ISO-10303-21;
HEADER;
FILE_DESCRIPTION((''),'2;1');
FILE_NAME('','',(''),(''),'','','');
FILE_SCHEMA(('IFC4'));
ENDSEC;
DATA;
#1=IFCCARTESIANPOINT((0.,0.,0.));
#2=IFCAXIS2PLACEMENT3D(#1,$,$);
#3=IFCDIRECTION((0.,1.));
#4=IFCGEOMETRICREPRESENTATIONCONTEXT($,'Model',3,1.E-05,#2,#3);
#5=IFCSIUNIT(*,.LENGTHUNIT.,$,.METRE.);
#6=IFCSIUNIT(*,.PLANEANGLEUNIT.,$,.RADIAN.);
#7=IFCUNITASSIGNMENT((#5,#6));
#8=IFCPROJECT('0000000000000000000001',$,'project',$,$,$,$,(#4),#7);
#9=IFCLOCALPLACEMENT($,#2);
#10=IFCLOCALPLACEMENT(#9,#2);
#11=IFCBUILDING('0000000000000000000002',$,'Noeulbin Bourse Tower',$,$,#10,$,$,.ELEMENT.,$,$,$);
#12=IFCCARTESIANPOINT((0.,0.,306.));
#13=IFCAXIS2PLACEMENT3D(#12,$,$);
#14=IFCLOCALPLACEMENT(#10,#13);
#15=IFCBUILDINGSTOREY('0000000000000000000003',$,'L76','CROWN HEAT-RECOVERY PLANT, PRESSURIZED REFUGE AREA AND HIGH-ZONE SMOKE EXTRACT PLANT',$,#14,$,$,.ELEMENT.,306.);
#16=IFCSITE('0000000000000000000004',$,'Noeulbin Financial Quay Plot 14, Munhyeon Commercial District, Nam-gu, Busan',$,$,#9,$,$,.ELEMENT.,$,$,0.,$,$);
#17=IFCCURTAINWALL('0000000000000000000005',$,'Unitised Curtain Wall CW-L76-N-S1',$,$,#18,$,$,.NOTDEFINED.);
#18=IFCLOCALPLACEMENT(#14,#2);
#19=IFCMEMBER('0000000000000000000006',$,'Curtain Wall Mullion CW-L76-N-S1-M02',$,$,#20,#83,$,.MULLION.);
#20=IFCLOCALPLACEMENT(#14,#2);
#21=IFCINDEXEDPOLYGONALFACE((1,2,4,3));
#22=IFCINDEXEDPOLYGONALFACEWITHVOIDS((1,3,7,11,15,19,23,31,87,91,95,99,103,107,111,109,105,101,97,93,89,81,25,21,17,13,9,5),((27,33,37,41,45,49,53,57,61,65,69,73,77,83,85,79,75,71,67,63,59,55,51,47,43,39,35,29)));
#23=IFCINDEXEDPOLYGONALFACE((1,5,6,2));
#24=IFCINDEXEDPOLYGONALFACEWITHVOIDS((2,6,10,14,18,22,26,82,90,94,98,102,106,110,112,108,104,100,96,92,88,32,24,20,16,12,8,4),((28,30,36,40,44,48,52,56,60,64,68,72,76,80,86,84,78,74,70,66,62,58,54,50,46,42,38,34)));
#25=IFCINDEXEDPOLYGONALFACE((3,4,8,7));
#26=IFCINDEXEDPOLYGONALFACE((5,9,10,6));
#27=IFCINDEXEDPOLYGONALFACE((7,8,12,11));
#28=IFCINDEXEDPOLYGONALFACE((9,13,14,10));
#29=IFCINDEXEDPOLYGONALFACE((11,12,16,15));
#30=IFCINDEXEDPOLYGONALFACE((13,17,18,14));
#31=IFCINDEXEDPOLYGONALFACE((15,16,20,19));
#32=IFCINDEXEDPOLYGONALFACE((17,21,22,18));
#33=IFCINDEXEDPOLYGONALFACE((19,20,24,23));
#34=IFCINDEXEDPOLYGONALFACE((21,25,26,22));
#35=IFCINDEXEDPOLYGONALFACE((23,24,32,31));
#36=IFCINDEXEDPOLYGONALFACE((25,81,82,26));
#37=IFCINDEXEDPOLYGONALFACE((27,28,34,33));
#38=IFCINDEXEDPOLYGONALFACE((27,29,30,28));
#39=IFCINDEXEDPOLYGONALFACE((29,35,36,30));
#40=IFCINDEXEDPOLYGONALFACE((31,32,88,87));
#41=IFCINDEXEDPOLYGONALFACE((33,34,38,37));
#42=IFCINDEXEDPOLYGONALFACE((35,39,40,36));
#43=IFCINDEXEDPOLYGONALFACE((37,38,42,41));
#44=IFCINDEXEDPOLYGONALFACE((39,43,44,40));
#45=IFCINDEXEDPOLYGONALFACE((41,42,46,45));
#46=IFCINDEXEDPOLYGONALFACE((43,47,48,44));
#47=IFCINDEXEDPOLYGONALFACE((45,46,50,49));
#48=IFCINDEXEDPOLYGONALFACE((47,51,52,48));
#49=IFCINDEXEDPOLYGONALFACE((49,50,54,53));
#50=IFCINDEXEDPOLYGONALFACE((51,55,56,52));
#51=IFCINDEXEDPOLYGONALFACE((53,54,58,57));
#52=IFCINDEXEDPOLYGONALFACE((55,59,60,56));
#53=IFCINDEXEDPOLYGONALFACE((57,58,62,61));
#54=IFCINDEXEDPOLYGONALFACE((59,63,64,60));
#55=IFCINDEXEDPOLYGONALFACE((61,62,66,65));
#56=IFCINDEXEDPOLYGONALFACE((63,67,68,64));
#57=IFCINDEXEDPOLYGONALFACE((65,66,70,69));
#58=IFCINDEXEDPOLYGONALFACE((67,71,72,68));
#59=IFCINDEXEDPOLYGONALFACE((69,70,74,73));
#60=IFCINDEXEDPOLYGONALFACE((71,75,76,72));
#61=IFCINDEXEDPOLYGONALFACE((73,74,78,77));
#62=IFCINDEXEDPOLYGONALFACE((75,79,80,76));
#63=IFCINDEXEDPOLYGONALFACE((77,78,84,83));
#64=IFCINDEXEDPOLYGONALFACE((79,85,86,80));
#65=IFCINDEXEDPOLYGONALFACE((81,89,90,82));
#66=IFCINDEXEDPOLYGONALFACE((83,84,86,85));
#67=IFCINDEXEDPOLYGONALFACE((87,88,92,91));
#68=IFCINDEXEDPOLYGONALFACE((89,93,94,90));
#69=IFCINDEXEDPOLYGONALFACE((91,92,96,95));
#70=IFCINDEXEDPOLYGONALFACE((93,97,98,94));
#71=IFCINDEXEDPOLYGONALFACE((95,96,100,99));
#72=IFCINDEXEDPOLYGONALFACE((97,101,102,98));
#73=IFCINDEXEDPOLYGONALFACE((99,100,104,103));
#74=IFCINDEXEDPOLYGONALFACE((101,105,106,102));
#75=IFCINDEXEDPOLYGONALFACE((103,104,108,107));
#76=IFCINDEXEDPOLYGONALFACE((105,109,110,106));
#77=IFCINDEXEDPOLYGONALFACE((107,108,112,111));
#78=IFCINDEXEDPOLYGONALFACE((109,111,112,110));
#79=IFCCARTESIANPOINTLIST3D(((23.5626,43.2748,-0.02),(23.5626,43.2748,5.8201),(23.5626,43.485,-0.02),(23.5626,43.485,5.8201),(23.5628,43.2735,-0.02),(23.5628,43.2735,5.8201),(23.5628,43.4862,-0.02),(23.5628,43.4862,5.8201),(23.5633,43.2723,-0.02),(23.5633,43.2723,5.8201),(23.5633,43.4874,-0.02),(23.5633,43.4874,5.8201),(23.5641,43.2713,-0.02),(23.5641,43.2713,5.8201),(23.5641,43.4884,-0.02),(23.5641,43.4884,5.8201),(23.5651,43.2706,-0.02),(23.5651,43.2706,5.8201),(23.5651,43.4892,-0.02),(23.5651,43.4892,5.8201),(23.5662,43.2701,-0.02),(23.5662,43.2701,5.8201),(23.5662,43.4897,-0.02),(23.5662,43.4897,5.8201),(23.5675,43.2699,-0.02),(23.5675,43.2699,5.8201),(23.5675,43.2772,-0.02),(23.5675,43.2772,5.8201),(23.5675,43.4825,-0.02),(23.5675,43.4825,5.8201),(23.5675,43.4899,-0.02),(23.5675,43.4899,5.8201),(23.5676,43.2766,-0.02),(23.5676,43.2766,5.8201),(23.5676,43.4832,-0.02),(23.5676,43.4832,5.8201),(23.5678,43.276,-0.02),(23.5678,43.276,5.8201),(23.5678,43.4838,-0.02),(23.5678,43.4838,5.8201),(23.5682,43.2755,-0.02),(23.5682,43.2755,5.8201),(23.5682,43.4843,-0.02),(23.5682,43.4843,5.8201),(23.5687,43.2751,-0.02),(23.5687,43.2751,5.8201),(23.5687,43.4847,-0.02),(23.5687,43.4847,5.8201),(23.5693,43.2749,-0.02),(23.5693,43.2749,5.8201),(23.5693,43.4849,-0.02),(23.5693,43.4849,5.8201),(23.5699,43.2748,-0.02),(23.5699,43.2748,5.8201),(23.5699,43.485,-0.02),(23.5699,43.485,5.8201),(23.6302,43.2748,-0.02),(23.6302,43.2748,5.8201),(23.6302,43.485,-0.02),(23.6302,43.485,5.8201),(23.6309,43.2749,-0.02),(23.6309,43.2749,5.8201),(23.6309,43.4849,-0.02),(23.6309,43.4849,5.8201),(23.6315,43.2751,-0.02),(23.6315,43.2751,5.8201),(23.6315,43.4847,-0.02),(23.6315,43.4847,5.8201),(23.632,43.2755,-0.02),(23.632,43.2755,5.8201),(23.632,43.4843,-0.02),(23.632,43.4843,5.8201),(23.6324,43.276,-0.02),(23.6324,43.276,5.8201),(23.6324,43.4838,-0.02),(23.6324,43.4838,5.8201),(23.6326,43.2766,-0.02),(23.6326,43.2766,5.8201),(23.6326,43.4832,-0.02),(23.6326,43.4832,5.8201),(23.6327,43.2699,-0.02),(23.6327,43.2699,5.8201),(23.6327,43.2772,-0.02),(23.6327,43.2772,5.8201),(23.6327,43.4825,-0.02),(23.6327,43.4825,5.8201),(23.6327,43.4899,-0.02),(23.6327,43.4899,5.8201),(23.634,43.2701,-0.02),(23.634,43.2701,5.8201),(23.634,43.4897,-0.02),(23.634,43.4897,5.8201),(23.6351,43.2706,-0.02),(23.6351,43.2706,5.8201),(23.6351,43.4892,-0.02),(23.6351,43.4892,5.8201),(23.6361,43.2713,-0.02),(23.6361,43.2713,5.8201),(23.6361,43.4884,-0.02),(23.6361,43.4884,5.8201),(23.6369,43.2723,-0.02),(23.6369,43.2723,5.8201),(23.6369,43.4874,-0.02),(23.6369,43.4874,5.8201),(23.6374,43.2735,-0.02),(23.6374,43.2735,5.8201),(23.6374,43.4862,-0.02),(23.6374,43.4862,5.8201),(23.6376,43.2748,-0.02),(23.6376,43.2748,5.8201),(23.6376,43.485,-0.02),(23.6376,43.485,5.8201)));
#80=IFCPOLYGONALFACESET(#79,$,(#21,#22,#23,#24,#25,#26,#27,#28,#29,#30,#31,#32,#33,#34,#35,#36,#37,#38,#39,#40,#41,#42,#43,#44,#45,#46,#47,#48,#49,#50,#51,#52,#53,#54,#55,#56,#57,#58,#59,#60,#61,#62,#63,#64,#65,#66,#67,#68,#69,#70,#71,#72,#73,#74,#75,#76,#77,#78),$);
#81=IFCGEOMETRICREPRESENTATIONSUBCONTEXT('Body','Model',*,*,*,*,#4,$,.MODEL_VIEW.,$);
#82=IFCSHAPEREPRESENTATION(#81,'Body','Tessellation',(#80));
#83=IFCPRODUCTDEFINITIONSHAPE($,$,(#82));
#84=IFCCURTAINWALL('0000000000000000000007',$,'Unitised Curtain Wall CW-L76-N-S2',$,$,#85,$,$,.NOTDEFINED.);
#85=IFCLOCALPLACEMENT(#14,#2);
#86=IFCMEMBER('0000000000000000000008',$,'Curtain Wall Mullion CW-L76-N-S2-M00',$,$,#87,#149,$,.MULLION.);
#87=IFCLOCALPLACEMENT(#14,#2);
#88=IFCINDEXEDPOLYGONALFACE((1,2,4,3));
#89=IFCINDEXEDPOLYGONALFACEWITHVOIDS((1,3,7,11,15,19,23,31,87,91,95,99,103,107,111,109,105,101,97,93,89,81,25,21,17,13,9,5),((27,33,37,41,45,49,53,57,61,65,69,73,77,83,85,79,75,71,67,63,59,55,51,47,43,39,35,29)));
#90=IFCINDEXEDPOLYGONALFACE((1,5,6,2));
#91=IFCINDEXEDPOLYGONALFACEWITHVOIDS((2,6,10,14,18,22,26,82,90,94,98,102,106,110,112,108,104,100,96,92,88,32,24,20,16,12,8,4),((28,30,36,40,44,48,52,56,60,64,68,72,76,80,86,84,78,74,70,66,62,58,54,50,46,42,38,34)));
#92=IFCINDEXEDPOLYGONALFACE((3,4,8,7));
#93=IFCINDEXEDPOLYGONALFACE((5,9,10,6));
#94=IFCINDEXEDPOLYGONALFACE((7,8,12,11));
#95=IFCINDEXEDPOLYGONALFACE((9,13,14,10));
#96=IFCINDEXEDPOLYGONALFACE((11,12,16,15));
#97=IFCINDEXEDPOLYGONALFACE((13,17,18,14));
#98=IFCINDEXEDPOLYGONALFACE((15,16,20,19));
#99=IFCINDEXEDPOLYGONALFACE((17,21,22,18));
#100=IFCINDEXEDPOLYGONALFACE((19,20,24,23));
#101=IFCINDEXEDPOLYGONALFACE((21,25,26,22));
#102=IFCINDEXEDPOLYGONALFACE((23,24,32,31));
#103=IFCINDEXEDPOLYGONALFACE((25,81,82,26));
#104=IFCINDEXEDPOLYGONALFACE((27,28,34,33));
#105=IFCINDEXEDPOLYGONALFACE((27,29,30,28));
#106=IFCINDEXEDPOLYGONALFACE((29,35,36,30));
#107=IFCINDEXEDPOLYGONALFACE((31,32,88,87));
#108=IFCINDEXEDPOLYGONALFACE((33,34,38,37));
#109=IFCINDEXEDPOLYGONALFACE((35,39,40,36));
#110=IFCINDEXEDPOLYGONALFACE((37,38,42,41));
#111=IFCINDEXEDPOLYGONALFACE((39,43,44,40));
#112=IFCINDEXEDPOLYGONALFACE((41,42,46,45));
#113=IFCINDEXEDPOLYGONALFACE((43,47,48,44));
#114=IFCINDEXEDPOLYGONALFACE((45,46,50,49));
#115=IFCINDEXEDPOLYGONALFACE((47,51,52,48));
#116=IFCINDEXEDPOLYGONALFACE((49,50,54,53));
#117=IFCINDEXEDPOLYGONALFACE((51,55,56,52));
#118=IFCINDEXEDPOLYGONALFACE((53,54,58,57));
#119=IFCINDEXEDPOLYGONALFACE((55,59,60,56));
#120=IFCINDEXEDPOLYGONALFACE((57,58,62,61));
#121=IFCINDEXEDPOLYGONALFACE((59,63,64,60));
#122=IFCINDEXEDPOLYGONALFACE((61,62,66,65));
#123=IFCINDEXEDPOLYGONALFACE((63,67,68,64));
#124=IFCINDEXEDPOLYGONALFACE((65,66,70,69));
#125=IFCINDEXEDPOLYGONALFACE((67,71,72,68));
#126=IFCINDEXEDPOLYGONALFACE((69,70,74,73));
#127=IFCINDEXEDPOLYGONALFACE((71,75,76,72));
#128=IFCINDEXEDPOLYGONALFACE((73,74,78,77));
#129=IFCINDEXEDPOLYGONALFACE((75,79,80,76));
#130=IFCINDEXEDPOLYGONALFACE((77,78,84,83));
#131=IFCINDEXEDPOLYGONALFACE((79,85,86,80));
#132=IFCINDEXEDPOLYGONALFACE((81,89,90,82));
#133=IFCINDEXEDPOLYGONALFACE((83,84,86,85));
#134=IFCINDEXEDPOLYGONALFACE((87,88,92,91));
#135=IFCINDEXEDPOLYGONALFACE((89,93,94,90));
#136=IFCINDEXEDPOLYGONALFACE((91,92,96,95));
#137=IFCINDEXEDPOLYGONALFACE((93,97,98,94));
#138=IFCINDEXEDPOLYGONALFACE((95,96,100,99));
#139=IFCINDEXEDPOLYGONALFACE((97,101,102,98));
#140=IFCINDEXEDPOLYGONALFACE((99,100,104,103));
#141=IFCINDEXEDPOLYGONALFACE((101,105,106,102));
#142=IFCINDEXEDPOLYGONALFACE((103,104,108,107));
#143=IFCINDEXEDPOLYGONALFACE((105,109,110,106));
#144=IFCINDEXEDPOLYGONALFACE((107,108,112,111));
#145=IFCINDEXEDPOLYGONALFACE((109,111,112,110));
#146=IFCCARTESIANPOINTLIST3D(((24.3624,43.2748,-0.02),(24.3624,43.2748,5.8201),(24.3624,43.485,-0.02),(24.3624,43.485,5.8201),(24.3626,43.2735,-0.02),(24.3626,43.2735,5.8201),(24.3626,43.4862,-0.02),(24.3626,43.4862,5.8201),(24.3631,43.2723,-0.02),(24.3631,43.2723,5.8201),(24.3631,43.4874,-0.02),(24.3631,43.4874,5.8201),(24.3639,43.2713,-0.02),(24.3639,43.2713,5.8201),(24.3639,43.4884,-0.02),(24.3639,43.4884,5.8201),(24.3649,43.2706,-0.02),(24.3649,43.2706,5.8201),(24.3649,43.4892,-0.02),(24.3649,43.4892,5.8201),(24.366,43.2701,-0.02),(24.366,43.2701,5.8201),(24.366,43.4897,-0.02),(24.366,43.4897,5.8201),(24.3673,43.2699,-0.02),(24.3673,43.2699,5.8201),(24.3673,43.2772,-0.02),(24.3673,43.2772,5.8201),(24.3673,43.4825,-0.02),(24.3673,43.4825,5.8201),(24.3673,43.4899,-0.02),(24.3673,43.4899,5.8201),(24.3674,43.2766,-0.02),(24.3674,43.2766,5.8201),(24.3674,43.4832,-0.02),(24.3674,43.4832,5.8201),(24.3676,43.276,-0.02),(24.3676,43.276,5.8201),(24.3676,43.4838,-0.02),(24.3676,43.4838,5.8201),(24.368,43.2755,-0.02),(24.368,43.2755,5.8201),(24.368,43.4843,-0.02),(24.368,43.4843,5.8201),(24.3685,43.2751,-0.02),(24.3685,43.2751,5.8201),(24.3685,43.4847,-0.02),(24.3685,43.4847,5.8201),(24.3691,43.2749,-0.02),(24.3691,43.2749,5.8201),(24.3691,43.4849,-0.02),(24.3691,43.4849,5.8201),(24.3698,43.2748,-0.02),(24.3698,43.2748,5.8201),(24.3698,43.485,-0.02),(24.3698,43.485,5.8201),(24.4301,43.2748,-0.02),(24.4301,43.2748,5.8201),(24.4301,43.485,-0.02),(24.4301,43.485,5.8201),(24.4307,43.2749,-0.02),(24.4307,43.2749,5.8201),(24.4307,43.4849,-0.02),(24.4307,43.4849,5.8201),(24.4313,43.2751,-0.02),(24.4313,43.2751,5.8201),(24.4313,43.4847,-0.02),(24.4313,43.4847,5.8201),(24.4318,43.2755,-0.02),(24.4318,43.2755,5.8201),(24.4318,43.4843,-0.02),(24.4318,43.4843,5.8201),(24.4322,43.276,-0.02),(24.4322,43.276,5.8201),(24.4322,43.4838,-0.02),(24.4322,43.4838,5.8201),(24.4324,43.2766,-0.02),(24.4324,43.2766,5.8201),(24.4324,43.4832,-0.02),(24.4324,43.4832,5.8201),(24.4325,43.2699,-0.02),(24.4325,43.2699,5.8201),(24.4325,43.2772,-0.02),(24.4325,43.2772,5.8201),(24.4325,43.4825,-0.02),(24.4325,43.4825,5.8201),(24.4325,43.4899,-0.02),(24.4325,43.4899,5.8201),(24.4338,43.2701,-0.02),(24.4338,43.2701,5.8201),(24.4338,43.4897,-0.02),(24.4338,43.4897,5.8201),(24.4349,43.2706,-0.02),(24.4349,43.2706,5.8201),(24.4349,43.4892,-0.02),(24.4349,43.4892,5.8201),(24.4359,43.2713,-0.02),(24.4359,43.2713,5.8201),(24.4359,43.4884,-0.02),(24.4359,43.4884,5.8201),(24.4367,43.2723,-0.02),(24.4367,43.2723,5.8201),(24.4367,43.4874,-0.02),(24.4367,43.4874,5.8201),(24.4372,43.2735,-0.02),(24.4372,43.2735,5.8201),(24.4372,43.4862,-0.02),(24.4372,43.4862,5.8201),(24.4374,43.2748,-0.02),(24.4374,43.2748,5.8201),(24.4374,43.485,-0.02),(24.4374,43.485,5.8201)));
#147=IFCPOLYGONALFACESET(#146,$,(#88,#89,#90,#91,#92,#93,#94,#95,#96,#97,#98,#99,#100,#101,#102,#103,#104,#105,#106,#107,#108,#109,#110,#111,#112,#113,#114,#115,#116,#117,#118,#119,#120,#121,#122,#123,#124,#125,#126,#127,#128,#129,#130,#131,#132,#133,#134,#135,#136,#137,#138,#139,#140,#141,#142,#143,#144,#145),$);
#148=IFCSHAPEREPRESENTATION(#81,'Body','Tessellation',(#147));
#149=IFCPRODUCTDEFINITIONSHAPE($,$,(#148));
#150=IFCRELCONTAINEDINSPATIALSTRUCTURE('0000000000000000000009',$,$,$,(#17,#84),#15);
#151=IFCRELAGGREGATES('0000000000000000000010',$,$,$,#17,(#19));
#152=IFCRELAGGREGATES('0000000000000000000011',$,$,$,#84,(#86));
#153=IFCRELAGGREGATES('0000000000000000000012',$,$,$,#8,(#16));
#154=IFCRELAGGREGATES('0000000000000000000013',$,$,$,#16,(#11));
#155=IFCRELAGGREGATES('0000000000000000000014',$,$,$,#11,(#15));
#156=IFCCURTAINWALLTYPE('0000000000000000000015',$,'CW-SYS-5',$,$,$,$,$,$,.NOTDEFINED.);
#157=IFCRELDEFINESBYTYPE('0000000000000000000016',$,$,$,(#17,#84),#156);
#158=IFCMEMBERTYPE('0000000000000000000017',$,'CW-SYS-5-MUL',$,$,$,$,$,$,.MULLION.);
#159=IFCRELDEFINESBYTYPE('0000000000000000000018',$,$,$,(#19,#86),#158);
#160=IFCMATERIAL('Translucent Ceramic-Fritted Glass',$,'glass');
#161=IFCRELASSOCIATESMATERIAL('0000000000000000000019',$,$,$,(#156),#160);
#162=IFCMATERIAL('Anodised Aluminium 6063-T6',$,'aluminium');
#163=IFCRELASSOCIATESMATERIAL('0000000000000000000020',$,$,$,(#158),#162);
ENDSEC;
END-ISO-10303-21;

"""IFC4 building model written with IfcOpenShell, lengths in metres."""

from ifc_helpers import new_model, si_unit, direction, frame, origin, origin_2d, place, context, subcontext, project, spatial, hollow_rectangle, extrude, material, material_profile, profile_set, type_object, element, aggregate, save


model = new_model("IFC4")

# Units and contexts
model_context = context("Model", 3, precision=1e-05, world=origin(), true_north=direction((0.0, 1.0)))
body_context = subcontext(model_context, "Body", "Model", "MODEL_VIEW")
ifc_project = project(units=[si_unit("LENGTHUNIT", "METRE"), si_unit("PLANEANGLEUNIT", "RADIAN")], contexts=[model_context])

# Site, building, storey
site_placement = place(None, origin())
site = spatial("IfcSite", under=ifc_project, at=site_placement, Name="Noeulbin Financial Quay Plot 14, Munhyeon Commercial District, Nam-gu, Busan", CompositionType="ELEMENT", RefElevation=0.0)
building_placement = place(site_placement, origin())
building = spatial("IfcBuilding", under=site, at=building_placement, Name="Noeulbin Bourse Tower", CompositionType="ELEMENT")
storey_placement = place(building_placement, frame((0.0, 0.0, 306.0)))
storey = spatial("IfcBuildingStorey", under=building, at=storey_placement, Name="L76", Description="CROWN HEAT-RECOVERY PLANT, PRESSURIZED REFUGE AREA AND HIGH-ZONE SMOKE EXTRACT PLANT", CompositionType="ELEMENT", Elevation=306.0)

# Curtain walls, members
ifc_material_1 = material(Name="Translucent Ceramic-Fritted Glass", Category="glass")
curtain_wall_type = type_object("IfcCurtainWallType", Name="CW-SYS-5", PredefinedType="NOTDEFINED", material=ifc_material_1)
curtain_wall_1_placement = place(storey_placement, origin())
curtain_wall_1 = element("IfcCurtainWall", 1, at=curtain_wall_1_placement, inside=storey, type_object=curtain_wall_type, Name="Unitised Curtain Wall CW-L76-N-S1", PredefinedType="NOTDEFINED")
ifc_material_2 = material(Name="Anodised Aluminium 6063-T6", Category="aluminium")
ifc_material_profile_1 = material_profile(ifc_material_2, hollow_rectangle(XDim=0.075, YDim=0.22, WallThickness=0.0049, InnerFilletRadius=0.0024, OuterFilletRadius=0.0049, at=origin_2d()), Name="ALU-MULL-75x220x5", Category="LoadBearing")
ifc_profile_set_1 = profile_set([ifc_material_profile_1], Name="Anodised Aluminium 6063-T6")
member_type_1 = type_object("IfcMemberType", Name="CW-SYS-5-MUL", PredefinedType="MULLION", material=ifc_profile_set_1)
member_1_placement = place(storey_placement, frame((23.6001, 43.3799, -0.02), z_axis=(0.0, 0.0, 1.0), x_axis=(1.0, 0.0, 0.0)))
member_1 = element("IfcMember", 2, at=member_1_placement, type_object=member_type_1, Name="Curtain Wall Mullion CW-L76-N-S1-M02", PredefinedType="MULLION", context=body_context, shape_type="SweptSolid", body=[
    extrude(hollow_rectangle(XDim=0.075, YDim=0.22, WallThickness=0.0049, InnerFilletRadius=0.0024, OuterFilletRadius=0.0049, at=origin_2d()), origin(), (0.0, 0.0, 1.0), 5.8401),
])
curtain_wall_2_placement = place(storey_placement, origin())
curtain_wall_2 = element("IfcCurtainWall", 3, at=curtain_wall_2_placement, inside=storey, type_object=curtain_wall_type, Name="Unitised Curtain Wall CW-L76-N-S2", PredefinedType="NOTDEFINED")
member_2_placement = place(storey_placement, frame((24.3999, 43.3799, -0.02), z_axis=(0.0, 0.0, 1.0), x_axis=(1.0, 0.0, 0.0)))
member_2 = element("IfcMember", 4, at=member_2_placement, type_object=member_type_1, Name="Curtain Wall Mullion CW-L76-N-S2-M00", PredefinedType="MULLION", context=body_context, shape_type="SweptSolid", body=[
    extrude(hollow_rectangle(XDim=0.075, YDim=0.22, WallThickness=0.0049, InnerFilletRadius=0.0024, OuterFilletRadius=0.0049, at=origin_2d()), origin(), (0.0, 0.0, 1.0), 5.8401),
])

aggregate(curtain_wall_1, [member_1])
aggregate(curtain_wall_2, [member_2])

save(model, "model.ifc")
